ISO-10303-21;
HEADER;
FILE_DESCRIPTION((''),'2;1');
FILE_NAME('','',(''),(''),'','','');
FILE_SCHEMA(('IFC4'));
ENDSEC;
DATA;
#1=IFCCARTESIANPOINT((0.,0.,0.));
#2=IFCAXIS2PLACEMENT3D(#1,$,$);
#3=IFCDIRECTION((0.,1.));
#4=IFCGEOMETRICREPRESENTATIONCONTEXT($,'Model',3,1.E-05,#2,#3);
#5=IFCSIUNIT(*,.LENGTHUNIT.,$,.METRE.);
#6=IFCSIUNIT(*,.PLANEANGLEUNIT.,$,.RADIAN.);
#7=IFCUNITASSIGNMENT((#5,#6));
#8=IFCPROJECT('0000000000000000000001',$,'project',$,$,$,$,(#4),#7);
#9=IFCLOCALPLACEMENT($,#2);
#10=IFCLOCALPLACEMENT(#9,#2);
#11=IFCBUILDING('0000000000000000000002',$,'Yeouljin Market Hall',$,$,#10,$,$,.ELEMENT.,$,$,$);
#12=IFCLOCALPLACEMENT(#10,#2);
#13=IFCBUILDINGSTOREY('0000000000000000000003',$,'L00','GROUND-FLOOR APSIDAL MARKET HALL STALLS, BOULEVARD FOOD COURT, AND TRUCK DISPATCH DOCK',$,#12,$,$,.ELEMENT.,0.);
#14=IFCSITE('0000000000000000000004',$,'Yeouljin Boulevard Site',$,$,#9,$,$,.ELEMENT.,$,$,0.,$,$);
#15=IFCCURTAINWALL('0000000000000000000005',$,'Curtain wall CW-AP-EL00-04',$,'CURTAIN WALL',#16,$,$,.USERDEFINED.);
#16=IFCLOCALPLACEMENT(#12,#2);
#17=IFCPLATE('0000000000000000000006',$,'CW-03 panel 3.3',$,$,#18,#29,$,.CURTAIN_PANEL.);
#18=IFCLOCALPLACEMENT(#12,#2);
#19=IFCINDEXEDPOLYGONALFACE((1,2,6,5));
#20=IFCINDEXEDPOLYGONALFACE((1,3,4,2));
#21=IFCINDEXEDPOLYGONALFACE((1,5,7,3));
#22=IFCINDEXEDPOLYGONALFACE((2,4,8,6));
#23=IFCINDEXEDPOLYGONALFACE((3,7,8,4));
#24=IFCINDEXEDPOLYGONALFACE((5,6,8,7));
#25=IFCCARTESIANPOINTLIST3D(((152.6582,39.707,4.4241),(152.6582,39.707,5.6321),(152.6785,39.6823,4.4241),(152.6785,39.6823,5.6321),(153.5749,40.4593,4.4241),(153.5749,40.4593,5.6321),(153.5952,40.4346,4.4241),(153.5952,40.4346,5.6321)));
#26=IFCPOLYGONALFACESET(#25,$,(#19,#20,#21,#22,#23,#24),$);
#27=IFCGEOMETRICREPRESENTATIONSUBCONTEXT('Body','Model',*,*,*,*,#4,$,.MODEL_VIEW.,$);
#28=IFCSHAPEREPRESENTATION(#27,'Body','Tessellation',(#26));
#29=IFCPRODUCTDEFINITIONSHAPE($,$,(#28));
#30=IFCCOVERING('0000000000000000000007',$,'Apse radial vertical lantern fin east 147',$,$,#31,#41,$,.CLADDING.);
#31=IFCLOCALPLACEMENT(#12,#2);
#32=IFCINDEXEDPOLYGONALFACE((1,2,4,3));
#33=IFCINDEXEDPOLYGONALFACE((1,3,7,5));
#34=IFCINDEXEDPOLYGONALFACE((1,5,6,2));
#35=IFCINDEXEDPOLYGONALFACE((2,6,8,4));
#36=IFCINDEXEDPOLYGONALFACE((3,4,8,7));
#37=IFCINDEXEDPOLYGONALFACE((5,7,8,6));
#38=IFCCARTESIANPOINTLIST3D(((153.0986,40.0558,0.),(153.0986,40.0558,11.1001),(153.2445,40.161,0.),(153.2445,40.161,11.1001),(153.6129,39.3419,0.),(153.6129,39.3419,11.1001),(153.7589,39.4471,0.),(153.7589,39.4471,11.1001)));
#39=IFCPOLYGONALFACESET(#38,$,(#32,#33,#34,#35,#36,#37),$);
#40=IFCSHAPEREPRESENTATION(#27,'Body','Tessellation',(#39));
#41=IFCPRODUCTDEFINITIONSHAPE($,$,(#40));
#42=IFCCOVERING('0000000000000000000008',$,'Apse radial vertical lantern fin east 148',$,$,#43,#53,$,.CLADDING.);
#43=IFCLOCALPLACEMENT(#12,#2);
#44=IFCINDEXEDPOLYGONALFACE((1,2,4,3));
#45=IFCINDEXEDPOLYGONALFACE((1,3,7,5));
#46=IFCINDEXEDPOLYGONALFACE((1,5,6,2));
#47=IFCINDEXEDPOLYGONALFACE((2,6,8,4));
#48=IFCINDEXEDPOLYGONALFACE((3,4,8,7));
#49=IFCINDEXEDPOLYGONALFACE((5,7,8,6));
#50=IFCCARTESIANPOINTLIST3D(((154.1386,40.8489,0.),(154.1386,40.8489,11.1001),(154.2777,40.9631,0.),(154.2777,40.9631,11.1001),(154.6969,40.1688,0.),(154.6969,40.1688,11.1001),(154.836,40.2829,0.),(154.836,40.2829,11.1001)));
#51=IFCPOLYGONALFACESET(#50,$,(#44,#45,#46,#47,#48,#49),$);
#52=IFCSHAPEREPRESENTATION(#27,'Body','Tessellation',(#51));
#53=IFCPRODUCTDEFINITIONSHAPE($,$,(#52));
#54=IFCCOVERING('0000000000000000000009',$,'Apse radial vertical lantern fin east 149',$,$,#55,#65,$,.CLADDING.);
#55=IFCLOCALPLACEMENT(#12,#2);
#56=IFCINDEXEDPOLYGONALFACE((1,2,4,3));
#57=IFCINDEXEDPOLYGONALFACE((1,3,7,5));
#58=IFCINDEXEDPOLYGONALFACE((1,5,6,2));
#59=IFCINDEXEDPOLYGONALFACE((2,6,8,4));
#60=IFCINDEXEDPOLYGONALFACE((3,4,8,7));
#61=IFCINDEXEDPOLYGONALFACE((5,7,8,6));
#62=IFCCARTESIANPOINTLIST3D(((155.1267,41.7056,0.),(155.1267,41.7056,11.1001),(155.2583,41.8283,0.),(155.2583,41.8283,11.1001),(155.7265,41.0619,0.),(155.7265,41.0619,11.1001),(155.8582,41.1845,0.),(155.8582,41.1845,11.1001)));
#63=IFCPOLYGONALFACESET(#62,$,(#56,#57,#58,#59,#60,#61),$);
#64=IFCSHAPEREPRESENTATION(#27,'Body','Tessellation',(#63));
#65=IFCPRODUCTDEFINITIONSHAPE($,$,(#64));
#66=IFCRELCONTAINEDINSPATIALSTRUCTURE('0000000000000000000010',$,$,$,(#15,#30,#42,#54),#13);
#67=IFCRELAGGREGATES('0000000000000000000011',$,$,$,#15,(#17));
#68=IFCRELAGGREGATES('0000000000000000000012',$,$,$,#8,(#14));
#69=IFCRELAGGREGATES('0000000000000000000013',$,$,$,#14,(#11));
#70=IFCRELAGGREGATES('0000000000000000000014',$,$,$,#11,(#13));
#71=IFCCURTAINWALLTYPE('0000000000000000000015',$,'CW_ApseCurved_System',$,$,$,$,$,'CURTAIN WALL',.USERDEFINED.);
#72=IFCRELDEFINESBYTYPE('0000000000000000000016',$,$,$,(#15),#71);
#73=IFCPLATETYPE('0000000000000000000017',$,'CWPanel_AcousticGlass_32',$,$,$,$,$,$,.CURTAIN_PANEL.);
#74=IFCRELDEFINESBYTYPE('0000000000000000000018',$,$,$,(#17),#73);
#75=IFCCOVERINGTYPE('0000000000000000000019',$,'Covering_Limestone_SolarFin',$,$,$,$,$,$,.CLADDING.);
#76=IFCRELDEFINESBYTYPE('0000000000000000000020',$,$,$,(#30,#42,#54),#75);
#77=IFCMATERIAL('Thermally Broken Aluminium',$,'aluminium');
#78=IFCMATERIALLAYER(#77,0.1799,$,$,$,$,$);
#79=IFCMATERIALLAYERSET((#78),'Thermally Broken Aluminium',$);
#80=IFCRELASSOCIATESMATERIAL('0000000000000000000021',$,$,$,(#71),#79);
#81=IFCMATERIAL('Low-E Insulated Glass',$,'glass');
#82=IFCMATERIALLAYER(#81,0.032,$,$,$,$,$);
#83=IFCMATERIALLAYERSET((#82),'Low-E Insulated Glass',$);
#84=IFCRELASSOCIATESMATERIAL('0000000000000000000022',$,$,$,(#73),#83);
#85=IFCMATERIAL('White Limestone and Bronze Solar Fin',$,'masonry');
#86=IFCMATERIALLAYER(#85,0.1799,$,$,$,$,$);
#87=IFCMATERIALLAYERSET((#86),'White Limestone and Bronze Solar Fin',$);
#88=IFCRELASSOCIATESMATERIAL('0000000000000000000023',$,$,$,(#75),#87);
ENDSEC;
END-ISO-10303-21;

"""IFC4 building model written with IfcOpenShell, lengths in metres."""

from ifc_helpers import new_model, si_unit, direction, frame, origin, origin_2d, place, context, subcontext, project, spatial, rectangle, extrude, material, layer, layer_set, type_object, element, aggregate, save


model = new_model("IFC4")

# Units and contexts
model_context = context("Model", 3, precision=1e-05, world=origin(), true_north=direction((0.0, 1.0)))
body_context = subcontext(model_context, "Body", "Model", "MODEL_VIEW")
ifc_project = project(units=[si_unit("LENGTHUNIT", "METRE"), si_unit("PLANEANGLEUNIT", "RADIAN")], contexts=[model_context])

# Site, building, storey
site_placement = place(None, origin())
site = spatial("IfcSite", under=ifc_project, at=site_placement, Name="Yeouljin Boulevard Site", CompositionType="ELEMENT", RefElevation=0.0)
building_placement = place(site_placement, origin())
building = spatial("IfcBuilding", under=site, at=building_placement, Name="Yeouljin Market Hall", CompositionType="ELEMENT")
storey_placement = place(building_placement, origin())
storey = spatial("IfcBuildingStorey", under=building, at=storey_placement, Name="L00", Description="GROUND-FLOOR APSIDAL MARKET HALL STALLS, BOULEVARD FOOD COURT, AND TRUCK DISPATCH DOCK", CompositionType="ELEMENT", Elevation=0.0)

# Curtain wall
ifc_material_1 = material(Name="Thermally Broken Aluminium", Category="aluminium")
ifc_layer_1 = layer(ifc_material_1, 0.1799)
ifc_layer_set_1 = layer_set([ifc_layer_1], Name="Thermally Broken Aluminium")
curtain_wall_type = type_object("IfcCurtainWallType", Name="CW_ApseCurved_System", ElementType="CURTAIN WALL", PredefinedType="USERDEFINED", material=ifc_layer_set_1)
curtain_wall_1_placement = place(storey_placement, origin())
curtain_wall_1 = element("IfcCurtainWall", 1, at=curtain_wall_1_placement, inside=storey, type_object=curtain_wall_type, Name="Curtain wall CW-AP-EL00-04", ObjectType="CURTAIN WALL", PredefinedType="USERDEFINED")

# Plate
ifc_material_2 = material(Name="Low-E Insulated Glass", Category="glass")
ifc_layer_2 = layer(ifc_material_2, 0.032)
ifc_layer_set_2 = layer_set([ifc_layer_2], Name="Low-E Insulated Glass")
plate_type = type_object("IfcPlateType", Name="CWPanel_AcousticGlass_32", PredefinedType="CURTAIN_PANEL", material=ifc_layer_set_2)
plate_1_placement = place(storey_placement, frame((153.1267, 40.0708, 4.4241), z_axis=(0.0, 0.0, 1.0), x_axis=(-0.773018, -0.634384, 0.0)))
plate_1 = element("IfcPlate", 2, at=plate_1_placement, type_object=plate_type, Name="CW-03 panel 3.3", PredefinedType="CURTAIN_PANEL", context=body_context, shape_type="SweptSolid", body=[
    extrude(rectangle(XDim=1.1858, YDim=0.032, at=origin_2d()), origin(), (0.0, 0.0, 1.0), 1.208),
])
aggregate(curtain_wall_1, [plate_1])

# Coverings
ifc_material_3 = material(Name="White Limestone and Bronze Solar Fin", Category="masonry")
ifc_layer_3 = layer(ifc_material_3, 0.1799)
ifc_layer_set_3 = layer_set([ifc_layer_3], Name="White Limestone and Bronze Solar Fin")
covering_type = type_object("IfcCoveringType", Name="Covering_Limestone_SolarFin", PredefinedType="CLADDING", material=ifc_layer_set_3)
for number, where, z_axis, x_axis, name in (
    (3, (153.4287, 39.7515, 0.0), (0.0, 0.0, 1.0), (0.584533, -0.81137, 0.0), "Apse radial vertical lantern fin east 147"),
    (4, (154.4873, 40.5659, 0.0), (0.0, 0.0, 1.0), (0.634461, -0.772955, 0.0), "Apse radial vertical lantern fin east 148"),
    (5, (155.4924, 41.4451, 0.0), (0.0, 0.0, 1.0), (0.681743, -0.731592, 0.0), "Apse radial vertical lantern fin east 149"),
):
    element("IfcCovering", number, at=place(storey_placement, frame(where, z_axis=z_axis, x_axis=x_axis)), inside=storey, type_object=covering_type, Name=name, PredefinedType="CLADDING", context=body_context, shape_type="SweptSolid", body=[
        extrude(rectangle(XDim=0.8799, YDim=0.1799, at=origin_2d()), origin(), (0.0, 0.0, 1.0), 11.1001),
    ])

save(model, "model.ifc")
